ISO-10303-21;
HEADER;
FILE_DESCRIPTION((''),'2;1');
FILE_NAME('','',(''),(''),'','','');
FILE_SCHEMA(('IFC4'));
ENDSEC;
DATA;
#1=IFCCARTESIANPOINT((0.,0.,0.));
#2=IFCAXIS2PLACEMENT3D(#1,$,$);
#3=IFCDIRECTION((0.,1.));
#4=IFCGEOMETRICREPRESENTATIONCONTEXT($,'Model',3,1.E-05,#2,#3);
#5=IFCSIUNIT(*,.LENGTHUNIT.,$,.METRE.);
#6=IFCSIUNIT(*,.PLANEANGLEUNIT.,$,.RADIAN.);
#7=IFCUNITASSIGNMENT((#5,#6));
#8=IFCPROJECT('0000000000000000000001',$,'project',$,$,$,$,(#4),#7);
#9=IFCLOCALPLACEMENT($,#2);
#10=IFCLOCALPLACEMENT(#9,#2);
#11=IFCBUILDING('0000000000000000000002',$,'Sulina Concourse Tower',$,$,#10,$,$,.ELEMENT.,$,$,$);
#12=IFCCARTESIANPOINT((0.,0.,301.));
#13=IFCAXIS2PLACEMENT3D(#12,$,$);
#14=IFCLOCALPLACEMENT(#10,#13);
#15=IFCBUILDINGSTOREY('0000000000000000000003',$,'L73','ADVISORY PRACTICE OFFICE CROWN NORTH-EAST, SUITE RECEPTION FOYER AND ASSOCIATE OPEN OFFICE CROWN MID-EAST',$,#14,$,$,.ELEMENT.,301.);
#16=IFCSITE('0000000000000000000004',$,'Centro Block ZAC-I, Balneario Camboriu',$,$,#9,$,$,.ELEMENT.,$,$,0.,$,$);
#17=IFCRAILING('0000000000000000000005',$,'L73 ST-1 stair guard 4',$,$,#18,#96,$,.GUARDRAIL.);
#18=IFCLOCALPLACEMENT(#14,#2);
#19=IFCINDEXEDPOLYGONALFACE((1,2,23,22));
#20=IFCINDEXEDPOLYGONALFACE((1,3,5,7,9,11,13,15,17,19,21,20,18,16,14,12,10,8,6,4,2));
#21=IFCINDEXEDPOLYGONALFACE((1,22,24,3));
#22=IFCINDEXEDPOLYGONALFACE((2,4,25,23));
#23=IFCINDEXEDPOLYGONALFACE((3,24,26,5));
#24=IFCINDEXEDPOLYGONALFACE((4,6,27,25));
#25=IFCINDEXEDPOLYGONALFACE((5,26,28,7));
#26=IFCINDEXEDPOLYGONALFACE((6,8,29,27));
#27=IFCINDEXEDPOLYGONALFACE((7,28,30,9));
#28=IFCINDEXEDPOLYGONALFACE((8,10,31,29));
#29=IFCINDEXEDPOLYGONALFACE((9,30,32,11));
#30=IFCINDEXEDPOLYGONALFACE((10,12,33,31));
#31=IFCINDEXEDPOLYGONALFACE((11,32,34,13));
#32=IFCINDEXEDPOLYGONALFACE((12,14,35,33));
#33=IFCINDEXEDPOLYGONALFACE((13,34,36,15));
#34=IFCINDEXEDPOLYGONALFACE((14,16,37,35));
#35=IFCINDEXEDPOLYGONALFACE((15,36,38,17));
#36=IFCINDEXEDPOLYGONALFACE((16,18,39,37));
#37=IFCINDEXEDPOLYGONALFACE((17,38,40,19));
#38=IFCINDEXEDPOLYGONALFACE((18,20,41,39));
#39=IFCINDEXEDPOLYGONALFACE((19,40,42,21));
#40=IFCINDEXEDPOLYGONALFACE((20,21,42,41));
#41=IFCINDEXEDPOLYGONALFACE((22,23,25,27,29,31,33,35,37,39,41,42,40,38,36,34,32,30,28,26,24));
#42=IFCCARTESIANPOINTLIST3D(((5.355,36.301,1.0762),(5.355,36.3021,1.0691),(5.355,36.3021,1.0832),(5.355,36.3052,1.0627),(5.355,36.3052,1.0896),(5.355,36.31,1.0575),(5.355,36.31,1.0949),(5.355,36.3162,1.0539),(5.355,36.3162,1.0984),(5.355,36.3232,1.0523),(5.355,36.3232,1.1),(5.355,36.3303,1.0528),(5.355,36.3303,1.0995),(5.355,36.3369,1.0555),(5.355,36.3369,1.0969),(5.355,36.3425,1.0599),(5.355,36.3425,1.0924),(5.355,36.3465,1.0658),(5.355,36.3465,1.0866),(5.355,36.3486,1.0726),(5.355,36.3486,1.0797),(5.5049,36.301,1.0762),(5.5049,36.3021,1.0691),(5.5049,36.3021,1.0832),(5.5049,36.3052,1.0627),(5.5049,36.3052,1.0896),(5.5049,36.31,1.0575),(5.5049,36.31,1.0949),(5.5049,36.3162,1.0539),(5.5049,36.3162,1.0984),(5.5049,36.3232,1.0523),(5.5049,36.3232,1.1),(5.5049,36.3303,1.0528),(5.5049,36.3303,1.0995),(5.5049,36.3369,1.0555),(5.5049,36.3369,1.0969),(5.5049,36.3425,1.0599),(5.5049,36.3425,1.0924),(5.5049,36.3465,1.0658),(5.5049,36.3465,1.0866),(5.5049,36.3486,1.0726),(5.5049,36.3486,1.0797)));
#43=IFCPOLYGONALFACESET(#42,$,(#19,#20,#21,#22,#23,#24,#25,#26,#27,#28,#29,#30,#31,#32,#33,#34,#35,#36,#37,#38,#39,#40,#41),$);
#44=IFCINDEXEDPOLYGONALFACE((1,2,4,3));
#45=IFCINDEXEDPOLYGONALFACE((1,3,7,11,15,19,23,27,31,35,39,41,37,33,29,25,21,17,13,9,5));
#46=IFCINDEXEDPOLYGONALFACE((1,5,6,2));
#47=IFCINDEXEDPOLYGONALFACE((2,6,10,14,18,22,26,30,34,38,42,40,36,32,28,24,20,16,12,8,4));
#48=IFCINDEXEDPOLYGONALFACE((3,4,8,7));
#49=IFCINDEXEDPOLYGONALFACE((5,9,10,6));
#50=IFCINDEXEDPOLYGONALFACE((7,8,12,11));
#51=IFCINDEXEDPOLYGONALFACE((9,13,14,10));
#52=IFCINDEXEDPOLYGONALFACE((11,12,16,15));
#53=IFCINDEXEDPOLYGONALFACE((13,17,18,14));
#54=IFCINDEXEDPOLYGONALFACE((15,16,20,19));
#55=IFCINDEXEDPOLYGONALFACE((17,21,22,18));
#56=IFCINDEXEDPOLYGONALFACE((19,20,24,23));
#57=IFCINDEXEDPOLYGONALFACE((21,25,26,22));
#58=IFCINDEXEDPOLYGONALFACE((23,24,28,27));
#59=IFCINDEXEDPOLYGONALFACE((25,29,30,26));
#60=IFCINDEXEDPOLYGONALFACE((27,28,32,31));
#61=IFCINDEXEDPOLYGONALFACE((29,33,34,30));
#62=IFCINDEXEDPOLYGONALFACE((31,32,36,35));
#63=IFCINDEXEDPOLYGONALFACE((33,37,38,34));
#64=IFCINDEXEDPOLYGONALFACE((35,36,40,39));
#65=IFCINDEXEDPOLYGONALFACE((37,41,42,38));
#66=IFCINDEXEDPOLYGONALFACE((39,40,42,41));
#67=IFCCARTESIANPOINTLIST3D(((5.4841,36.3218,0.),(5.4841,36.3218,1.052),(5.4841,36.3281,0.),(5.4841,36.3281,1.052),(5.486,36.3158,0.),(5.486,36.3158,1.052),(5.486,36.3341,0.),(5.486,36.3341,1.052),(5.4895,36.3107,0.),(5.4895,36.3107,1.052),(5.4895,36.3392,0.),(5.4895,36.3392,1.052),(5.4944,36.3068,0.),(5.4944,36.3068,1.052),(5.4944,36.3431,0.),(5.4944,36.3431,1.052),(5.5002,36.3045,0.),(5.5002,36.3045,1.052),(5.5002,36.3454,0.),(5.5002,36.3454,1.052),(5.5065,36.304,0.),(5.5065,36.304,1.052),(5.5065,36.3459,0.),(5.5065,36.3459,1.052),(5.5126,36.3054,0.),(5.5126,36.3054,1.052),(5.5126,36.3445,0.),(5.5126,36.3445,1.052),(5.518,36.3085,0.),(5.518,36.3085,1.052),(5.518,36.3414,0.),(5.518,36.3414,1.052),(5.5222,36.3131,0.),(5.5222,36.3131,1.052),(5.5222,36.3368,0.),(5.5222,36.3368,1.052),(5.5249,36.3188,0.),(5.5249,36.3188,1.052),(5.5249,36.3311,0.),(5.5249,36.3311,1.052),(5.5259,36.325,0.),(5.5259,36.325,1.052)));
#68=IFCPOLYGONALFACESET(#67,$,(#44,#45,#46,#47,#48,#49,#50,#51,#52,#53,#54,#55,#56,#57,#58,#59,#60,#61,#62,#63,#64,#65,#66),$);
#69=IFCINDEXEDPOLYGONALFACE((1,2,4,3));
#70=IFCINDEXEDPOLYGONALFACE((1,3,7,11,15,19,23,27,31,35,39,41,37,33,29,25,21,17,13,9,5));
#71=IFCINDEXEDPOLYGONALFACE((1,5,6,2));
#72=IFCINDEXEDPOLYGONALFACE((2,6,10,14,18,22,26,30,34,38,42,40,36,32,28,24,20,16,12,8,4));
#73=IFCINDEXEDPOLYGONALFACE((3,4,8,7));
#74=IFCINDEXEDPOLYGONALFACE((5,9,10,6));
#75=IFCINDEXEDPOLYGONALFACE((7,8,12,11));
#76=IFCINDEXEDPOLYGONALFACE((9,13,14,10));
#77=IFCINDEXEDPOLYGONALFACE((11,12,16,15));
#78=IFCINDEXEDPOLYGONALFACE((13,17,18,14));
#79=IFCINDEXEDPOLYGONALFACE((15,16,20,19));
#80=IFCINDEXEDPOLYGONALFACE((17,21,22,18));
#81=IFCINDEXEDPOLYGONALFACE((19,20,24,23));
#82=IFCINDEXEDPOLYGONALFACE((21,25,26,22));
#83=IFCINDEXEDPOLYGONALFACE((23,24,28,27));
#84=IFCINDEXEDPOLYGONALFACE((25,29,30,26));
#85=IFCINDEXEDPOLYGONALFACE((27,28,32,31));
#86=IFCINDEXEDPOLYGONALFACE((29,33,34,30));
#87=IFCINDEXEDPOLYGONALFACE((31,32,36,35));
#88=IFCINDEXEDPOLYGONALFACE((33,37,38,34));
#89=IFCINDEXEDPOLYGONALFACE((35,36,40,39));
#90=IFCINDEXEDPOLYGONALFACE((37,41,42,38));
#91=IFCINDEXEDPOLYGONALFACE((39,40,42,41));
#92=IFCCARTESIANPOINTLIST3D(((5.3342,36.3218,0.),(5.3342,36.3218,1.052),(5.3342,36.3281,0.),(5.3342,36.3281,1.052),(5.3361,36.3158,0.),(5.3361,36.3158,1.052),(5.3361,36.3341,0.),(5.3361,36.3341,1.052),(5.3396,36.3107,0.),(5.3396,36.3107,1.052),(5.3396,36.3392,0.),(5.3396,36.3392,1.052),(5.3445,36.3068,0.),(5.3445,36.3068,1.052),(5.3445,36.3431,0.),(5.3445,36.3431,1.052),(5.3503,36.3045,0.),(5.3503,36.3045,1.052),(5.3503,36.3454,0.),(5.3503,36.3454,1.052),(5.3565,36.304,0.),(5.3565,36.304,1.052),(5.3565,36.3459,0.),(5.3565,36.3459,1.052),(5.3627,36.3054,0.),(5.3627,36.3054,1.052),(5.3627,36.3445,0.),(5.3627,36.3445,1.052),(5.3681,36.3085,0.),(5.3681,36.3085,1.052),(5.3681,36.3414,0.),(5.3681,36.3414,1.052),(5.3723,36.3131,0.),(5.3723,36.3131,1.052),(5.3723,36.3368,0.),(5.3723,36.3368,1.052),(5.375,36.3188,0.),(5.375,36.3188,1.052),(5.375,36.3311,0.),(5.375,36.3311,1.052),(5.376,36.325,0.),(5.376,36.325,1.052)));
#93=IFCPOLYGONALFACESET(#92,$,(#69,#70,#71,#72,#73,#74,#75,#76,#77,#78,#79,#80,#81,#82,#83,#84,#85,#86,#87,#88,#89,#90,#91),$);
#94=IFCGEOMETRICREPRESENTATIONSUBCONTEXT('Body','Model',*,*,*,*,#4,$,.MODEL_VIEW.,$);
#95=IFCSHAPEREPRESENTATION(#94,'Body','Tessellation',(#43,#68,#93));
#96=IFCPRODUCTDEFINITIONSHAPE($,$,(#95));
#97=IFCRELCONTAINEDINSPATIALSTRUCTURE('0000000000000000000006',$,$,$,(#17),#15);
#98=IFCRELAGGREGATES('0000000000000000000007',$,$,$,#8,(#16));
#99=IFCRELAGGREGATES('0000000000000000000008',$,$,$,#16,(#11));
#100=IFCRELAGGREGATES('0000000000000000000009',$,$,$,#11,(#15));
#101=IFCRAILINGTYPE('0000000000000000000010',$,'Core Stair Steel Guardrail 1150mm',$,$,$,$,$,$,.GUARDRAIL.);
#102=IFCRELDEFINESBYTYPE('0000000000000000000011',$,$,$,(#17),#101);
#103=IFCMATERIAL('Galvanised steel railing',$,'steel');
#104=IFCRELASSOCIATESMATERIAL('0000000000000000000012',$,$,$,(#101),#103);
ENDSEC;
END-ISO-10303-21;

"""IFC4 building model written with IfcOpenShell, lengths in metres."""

from ifc_helpers import new_model, si_unit, direction, frame, origin, origin_2d, place, context, subcontext, project, spatial, circle, extrude, material, type_object, element, save


model = new_model("IFC4")

# Units and contexts
model_context = context("Model", 3, precision=1e-05, world=origin(), true_north=direction((0.0, 1.0)))
body_context = subcontext(model_context, "Body", "Model", "MODEL_VIEW")
ifc_project = project(units=[si_unit("LENGTHUNIT", "METRE"), si_unit("PLANEANGLEUNIT", "RADIAN")], contexts=[model_context])

# Site, building, storey
site_placement = place(None, origin())
site = spatial("IfcSite", under=ifc_project, at=site_placement, Name="Centro Block ZAC-I, Balneario Camboriu", CompositionType="ELEMENT", RefElevation=0.0)
building_placement = place(site_placement, origin())
building = spatial("IfcBuilding", under=site, at=building_placement, Name="Sulina Concourse Tower", CompositionType="ELEMENT")
storey_placement = place(building_placement, frame((0.0, 0.0, 301.0)))
storey = spatial("IfcBuildingStorey", under=building, at=storey_placement, Name="L73", Description="ADVISORY PRACTICE OFFICE CROWN NORTH-EAST, SUITE RECEPTION FOYER AND ASSOCIATE OPEN OFFICE CROWN MID-EAST", CompositionType="ELEMENT", Elevation=301.0)

# Railing
ifc_material_1 = material(Name="Galvanised steel railing", Category="steel")
railing_type_1 = type_object("IfcRailingType", Name="Core Stair Steel Guardrail 1150mm", PredefinedType="GUARDRAIL", material=ifc_material_1)
railing_1_placement = place(storey_placement, frame((5.5049, 36.325, 0.0)))
element("IfcRailing", 1, at=railing_1_placement, inside=storey, type_object=railing_type_1, Name="L73 ST-1 stair guard 4", PredefinedType="GUARDRAIL", context=body_context, shape_type="SweptSolid", body=[
    extrude(circle(Radius=0.0239, at=origin_2d()), frame((0.0, 0.0, 1.0762), z_axis=(-1.0, 0.0, 0.0), x_axis=(0.0, -1.0, 0.0)), (0.0, 0.0, 1.0), 0.1499),
    extrude(circle(Radius=0.021, at=origin_2d()), origin(), (0.0, 0.0, 1.0), 1.052),
    extrude(circle(Radius=0.021, at=origin_2d()), frame((-0.1499, 0.0, 0.0)), (0.0, 0.0, 1.0), 1.052),
])

save(model, "model.ifc")
